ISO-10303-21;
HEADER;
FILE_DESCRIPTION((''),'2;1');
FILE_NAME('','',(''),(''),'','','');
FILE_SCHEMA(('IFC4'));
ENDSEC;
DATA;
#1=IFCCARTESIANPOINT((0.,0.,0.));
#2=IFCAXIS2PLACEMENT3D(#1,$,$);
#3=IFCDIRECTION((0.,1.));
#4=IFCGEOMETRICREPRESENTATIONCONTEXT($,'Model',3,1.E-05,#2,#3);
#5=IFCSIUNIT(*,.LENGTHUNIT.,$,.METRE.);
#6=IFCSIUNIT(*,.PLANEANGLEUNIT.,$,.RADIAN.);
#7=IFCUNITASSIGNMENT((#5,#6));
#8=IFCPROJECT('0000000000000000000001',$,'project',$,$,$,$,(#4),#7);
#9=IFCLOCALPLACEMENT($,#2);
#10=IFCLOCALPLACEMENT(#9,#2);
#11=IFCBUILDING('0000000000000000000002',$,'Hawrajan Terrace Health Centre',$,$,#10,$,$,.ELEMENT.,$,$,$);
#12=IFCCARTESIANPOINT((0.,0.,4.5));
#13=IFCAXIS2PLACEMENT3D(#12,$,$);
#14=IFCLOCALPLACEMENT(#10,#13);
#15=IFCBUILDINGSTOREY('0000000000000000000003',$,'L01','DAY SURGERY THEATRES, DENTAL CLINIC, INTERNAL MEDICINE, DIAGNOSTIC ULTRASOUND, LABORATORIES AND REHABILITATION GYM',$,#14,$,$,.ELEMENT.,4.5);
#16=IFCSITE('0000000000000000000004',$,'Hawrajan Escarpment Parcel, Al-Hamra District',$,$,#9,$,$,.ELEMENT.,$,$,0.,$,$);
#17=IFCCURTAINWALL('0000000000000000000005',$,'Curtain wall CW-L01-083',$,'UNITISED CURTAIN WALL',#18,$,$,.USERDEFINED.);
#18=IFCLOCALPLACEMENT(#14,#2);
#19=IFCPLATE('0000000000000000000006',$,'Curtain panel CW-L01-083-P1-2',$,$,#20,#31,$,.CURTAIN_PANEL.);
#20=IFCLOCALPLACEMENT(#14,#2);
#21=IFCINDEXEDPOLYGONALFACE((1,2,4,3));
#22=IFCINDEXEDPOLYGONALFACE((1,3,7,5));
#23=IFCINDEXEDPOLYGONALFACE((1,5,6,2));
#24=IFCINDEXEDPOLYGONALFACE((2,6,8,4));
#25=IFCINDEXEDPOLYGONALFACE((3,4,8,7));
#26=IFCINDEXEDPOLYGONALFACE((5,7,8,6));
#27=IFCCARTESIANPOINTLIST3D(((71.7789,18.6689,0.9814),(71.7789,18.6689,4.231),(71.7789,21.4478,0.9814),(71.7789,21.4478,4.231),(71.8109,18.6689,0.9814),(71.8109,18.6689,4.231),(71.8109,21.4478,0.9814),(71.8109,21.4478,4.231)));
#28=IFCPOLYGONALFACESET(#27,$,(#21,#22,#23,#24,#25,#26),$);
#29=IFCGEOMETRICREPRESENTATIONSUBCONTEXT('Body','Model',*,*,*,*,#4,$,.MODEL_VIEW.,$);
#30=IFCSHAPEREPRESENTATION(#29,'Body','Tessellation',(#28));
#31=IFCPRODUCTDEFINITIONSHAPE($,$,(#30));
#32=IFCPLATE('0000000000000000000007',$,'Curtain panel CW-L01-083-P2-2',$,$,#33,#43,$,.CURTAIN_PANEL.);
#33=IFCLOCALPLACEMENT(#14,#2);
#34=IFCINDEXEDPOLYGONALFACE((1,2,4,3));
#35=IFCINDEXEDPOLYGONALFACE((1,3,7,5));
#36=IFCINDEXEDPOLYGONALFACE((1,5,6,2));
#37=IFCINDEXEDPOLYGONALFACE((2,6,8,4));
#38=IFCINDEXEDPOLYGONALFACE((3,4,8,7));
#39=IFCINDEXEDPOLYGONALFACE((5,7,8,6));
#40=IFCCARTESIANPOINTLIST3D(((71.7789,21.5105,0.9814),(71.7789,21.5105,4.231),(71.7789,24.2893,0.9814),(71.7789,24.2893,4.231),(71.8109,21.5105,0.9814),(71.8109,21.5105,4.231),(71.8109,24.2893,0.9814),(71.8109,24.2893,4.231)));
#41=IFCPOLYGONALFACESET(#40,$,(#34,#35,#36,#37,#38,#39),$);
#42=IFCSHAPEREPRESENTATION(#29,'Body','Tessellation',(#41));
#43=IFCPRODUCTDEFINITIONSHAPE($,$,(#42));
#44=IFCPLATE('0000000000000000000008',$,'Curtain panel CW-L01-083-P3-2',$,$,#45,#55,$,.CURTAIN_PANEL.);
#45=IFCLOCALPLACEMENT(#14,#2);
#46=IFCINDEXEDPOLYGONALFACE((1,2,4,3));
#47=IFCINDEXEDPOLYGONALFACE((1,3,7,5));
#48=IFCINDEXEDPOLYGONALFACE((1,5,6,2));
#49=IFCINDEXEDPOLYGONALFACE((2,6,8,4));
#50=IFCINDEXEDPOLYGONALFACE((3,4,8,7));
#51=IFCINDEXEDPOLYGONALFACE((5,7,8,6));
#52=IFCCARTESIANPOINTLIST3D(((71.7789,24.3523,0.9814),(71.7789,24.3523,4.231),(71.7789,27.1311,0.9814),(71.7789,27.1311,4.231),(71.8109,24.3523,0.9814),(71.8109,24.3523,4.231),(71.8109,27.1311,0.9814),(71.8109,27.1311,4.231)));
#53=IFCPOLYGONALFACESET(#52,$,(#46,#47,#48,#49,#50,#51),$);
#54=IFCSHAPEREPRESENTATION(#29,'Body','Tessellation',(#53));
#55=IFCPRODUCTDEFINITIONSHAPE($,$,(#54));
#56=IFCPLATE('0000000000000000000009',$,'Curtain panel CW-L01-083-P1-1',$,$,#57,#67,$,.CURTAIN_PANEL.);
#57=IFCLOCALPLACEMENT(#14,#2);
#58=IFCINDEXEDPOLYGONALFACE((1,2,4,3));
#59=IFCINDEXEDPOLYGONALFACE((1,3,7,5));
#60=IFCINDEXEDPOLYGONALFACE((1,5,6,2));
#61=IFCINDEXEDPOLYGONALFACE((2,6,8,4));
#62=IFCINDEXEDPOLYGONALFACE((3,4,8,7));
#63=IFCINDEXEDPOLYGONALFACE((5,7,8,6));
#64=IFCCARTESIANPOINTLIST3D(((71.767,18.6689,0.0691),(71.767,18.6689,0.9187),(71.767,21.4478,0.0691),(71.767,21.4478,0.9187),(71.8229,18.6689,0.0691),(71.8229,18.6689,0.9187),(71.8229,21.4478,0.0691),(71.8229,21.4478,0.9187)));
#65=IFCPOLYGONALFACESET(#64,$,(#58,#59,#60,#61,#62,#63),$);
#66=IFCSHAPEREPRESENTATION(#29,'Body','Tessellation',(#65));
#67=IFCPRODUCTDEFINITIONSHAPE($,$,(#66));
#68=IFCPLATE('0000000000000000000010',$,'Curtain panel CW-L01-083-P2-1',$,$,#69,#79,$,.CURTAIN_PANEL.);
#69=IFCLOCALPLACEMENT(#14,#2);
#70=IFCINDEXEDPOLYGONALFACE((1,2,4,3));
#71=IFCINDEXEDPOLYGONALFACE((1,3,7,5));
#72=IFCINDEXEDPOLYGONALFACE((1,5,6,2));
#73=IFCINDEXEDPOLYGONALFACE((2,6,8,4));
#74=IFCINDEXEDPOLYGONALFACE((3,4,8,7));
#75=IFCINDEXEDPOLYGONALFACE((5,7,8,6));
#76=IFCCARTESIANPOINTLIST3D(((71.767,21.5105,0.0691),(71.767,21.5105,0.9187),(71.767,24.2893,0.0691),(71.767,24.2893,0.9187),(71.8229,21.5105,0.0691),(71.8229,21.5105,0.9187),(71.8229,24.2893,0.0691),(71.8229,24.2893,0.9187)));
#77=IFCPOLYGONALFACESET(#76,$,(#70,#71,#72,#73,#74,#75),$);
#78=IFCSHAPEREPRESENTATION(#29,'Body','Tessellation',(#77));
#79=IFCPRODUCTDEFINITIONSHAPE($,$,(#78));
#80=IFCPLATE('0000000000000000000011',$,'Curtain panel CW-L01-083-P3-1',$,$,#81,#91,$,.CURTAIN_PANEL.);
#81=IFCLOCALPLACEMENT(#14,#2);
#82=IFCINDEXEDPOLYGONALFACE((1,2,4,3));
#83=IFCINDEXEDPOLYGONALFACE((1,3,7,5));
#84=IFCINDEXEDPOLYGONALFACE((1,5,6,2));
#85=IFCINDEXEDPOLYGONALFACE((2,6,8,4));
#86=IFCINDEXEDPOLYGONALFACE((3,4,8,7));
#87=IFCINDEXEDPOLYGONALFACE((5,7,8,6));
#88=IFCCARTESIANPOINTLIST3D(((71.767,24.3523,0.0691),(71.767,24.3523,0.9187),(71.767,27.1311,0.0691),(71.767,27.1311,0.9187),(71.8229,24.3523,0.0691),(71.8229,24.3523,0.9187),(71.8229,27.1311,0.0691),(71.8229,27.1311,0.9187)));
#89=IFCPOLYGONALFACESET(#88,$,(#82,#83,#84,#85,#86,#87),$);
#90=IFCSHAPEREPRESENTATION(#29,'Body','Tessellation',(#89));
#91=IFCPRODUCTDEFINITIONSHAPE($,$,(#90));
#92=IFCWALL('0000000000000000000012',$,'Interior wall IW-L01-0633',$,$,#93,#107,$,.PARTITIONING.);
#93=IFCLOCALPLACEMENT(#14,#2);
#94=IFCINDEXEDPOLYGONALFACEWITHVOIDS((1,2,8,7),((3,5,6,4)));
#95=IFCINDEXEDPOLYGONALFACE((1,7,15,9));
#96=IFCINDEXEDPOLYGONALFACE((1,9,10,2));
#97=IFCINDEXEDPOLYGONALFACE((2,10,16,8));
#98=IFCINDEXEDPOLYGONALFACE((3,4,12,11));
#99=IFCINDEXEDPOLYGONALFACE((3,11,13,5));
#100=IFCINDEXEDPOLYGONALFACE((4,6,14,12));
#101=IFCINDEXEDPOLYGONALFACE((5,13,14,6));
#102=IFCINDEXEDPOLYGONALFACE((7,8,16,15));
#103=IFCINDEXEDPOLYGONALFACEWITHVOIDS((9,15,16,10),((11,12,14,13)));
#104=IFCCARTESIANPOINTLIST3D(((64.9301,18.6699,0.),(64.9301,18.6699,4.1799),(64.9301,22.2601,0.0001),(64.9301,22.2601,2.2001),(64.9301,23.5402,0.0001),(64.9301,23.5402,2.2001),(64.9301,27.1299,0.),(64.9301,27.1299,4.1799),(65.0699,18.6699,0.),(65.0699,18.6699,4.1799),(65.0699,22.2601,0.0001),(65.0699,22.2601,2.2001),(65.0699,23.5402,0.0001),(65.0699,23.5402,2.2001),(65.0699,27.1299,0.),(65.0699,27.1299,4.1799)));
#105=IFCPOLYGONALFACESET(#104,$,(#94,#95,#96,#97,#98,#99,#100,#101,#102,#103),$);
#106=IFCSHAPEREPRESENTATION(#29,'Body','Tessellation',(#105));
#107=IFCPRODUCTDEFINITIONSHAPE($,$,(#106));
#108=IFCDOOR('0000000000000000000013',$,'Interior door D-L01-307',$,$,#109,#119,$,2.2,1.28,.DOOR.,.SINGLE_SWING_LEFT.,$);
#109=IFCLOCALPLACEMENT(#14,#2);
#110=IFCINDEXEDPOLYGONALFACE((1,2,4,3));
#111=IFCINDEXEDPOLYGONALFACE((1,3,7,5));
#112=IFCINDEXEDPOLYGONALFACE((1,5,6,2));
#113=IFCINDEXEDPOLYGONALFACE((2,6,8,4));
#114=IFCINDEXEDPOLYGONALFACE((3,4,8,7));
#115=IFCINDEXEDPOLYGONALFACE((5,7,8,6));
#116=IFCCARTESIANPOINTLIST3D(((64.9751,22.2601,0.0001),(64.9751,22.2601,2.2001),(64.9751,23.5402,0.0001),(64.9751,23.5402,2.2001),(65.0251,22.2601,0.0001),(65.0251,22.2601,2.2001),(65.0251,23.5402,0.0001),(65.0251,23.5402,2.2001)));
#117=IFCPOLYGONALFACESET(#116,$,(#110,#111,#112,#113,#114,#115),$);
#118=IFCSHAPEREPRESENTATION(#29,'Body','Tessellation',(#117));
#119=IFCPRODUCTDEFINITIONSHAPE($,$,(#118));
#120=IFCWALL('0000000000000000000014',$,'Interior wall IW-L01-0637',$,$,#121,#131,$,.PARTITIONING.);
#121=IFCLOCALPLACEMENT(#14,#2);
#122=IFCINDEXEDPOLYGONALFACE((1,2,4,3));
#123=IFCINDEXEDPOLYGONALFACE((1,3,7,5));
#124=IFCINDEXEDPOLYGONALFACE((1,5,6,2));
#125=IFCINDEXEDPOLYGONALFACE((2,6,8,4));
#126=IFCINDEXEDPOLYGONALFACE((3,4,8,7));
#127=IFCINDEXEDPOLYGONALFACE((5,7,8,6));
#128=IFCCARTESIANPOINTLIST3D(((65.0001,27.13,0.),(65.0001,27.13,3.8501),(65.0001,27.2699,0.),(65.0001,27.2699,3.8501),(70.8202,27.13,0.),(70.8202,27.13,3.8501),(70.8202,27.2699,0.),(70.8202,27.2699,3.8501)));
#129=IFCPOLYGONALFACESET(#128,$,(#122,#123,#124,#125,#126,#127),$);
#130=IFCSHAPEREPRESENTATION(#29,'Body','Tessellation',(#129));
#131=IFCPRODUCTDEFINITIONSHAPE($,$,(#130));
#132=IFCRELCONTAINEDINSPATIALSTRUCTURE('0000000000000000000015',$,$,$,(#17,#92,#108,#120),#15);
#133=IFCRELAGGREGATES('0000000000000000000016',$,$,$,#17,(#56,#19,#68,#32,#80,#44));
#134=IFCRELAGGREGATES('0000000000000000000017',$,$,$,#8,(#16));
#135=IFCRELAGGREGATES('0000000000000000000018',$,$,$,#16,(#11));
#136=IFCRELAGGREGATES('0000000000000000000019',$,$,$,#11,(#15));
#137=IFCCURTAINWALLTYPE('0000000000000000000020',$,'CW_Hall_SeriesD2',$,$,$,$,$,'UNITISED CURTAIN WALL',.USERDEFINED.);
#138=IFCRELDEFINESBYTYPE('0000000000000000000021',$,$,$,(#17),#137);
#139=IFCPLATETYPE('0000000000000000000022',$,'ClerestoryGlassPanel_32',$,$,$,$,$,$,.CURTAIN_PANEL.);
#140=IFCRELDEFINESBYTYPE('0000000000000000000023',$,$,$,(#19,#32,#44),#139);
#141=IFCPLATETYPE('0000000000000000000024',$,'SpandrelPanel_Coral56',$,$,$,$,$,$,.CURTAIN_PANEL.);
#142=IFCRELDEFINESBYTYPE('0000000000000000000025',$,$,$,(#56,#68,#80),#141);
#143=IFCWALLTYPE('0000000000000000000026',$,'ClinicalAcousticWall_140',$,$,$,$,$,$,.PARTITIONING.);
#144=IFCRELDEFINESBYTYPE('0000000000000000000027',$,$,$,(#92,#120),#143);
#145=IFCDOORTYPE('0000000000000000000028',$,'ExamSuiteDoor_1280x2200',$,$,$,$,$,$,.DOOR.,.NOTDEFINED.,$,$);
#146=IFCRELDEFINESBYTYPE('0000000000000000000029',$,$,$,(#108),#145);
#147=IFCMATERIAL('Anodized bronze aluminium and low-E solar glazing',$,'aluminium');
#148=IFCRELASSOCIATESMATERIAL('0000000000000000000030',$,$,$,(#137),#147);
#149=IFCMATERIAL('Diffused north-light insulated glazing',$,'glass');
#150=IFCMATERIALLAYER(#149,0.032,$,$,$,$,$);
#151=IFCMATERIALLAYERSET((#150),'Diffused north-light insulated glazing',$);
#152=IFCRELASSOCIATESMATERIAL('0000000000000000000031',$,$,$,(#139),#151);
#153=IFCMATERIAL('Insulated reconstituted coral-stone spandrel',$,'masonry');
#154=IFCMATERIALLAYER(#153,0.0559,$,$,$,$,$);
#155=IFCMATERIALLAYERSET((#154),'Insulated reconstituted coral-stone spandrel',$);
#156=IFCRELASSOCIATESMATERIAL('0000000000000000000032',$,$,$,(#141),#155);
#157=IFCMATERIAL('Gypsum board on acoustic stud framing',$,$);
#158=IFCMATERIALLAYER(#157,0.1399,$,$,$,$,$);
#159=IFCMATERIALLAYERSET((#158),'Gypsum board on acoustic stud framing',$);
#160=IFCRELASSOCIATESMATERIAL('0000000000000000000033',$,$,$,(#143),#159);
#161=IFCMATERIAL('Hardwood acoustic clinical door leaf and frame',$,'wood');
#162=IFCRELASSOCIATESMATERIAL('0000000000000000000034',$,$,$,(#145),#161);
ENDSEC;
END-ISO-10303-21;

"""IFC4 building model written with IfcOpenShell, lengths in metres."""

from ifc_helpers import new_model, si_unit, direction, frame, frame_2d, origin, origin_2d, place, context, subcontext, project, spatial, rectangle, extrude, material, layer, layer_set, type_object, element, fill, aggregate, save


model = new_model("IFC4")

# Units and contexts
model_context = context("Model", 3, precision=1e-05, world=origin(), true_north=direction((0.0, 1.0)))
body_context = subcontext(model_context, "Body", "Model", "MODEL_VIEW")
ifc_project = project(units=[si_unit("LENGTHUNIT", "METRE"), si_unit("PLANEANGLEUNIT", "RADIAN")], contexts=[model_context])

# Site, building, storey
site_placement = place(None, origin())
site = spatial("IfcSite", under=ifc_project, at=site_placement, Name="Hawrajan Escarpment Parcel, Al-Hamra District", CompositionType="ELEMENT", RefElevation=0.0)
building_placement = place(site_placement, origin())
building = spatial("IfcBuilding", under=site, at=building_placement, Name="Hawrajan Terrace Health Centre", CompositionType="ELEMENT")
storey_placement = place(building_placement, frame((0.0, 0.0, 4.5)))
storey = spatial("IfcBuildingStorey", under=building, at=storey_placement, Name="L01", Description="DAY SURGERY THEATRES, DENTAL CLINIC, INTERNAL MEDICINE, DIAGNOSTIC ULTRASOUND, LABORATORIES AND REHABILITATION GYM", CompositionType="ELEMENT", Elevation=4.5)

# Curtain wall
ifc_material_1 = material(Name="Anodized bronze aluminium and low-E solar glazing", Category="aluminium")
curtain_wall_type = type_object("IfcCurtainWallType", Name="CW_Hall_SeriesD2", ElementType="UNITISED CURTAIN WALL", PredefinedType="USERDEFINED", material=ifc_material_1)
curtain_wall_placement = place(storey_placement, origin())
curtain_wall = element("IfcCurtainWall", 1, at=curtain_wall_placement, inside=storey, type_object=curtain_wall_type, Name="Curtain wall CW-L01-083", ObjectType="UNITISED CURTAIN WALL", PredefinedType="USERDEFINED")

# Plates
ifc_material_2 = material(Name="Diffused north-light insulated glazing", Category="glass")
ifc_layer_1 = layer(ifc_material_2, 0.032)
ifc_layer_set_1 = layer_set([ifc_layer_1], Name="Diffused north-light insulated glazing")
plate_type_1 = type_object("IfcPlateType", Name="ClerestoryGlassPanel_32", PredefinedType="CURTAIN_PANEL", material=ifc_layer_set_1)
plate_1_placement = place(storey_placement, frame((71.7949, 20.0583, 0.9814), z_axis=(0.0, 0.0, 1.0), x_axis=(0.0, 1.0, 0.0)))
plate_1 = element("IfcPlate", 2, at=plate_1_placement, type_object=plate_type_1, Name="Curtain panel CW-L01-083-P1-2", PredefinedType="CURTAIN_PANEL", context=body_context, shape_type="SweptSolid", body=[
    extrude(rectangle(XDim=2.7788, YDim=0.032, at=origin_2d()), origin(), (0.0, 0.0, 1.0), 3.2495),
])
plate_2_placement = place(storey_placement, frame((71.7949, 22.8999, 0.9814), z_axis=(0.0, 0.0, 1.0), x_axis=(0.0, 1.0, 0.0)))
plate_2 = element("IfcPlate", 3, at=plate_2_placement, type_object=plate_type_1, Name="Curtain panel CW-L01-083-P2-2", PredefinedType="CURTAIN_PANEL", context=body_context, shape_type="SweptSolid", body=[
    extrude(rectangle(XDim=2.7788, YDim=0.032, at=origin_2d()), origin(), (0.0, 0.0, 1.0), 3.2495),
])
plate_3_placement = place(storey_placement, frame((71.7949, 25.7417, 0.9814), z_axis=(0.0, 0.0, 1.0), x_axis=(0.0, 1.0, 0.0)))
plate_3 = element("IfcPlate", 4, at=plate_3_placement, type_object=plate_type_1, Name="Curtain panel CW-L01-083-P3-2", PredefinedType="CURTAIN_PANEL", context=body_context, shape_type="SweptSolid", body=[
    extrude(rectangle(XDim=2.7788, YDim=0.032, at=origin_2d()), origin(), (0.0, 0.0, 1.0), 3.2495),
])
ifc_material_3 = material(Name="Insulated reconstituted coral-stone spandrel", Category="masonry")
ifc_layer_2 = layer(ifc_material_3, 0.0559)
ifc_layer_set_2 = layer_set([ifc_layer_2], Name="Insulated reconstituted coral-stone spandrel")
plate_type_2 = type_object("IfcPlateType", Name="SpandrelPanel_Coral56", PredefinedType="CURTAIN_PANEL", material=ifc_layer_set_2)
plate_4_placement = place(storey_placement, frame((71.7949, 20.0583, 0.0691), z_axis=(0.0, 0.0, 1.0), x_axis=(0.0, 1.0, 0.0)))
plate_4 = element("IfcPlate", 5, at=plate_4_placement, type_object=plate_type_2, Name="Curtain panel CW-L01-083-P1-1", PredefinedType="CURTAIN_PANEL", context=body_context, shape_type="SweptSolid", body=[
    extrude(rectangle(XDim=2.7788, YDim=0.0559, at=origin_2d()), origin(), (0.0, 0.0, 1.0), 0.8496),
])
plate_5_placement = place(storey_placement, frame((71.7949, 22.8999, 0.0691), z_axis=(0.0, 0.0, 1.0), x_axis=(0.0, 1.0, 0.0)))
plate_5 = element("IfcPlate", 6, at=plate_5_placement, type_object=plate_type_2, Name="Curtain panel CW-L01-083-P2-1", PredefinedType="CURTAIN_PANEL", context=body_context, shape_type="SweptSolid", body=[
    extrude(rectangle(XDim=2.7788, YDim=0.0559, at=origin_2d()), origin(), (0.0, 0.0, 1.0), 0.8496),
])
plate_6_placement = place(storey_placement, frame((71.7949, 25.7417, 0.0691), z_axis=(0.0, 0.0, 1.0), x_axis=(0.0, 1.0, 0.0)))
plate_6 = element("IfcPlate", 7, at=plate_6_placement, type_object=plate_type_2, Name="Curtain panel CW-L01-083-P3-1", PredefinedType="CURTAIN_PANEL", context=body_context, shape_type="SweptSolid", body=[
    extrude(rectangle(XDim=2.7788, YDim=0.0559, at=origin_2d()), origin(), (0.0, 0.0, 1.0), 0.8496),
])
aggregate(curtain_wall, [plate_4, plate_1, plate_5, plate_2, plate_6, plate_3])

# Wall, opening, door
ifc_material_4 = material(Name="Gypsum board on acoustic stud framing")
ifc_layer_3 = layer(ifc_material_4, 0.1399)
ifc_layer_set_3 = layer_set([ifc_layer_3], Name="Gypsum board on acoustic stud framing")
wall_type = type_object("IfcWallType", Name="ClinicalAcousticWall_140", PredefinedType="PARTITIONING", material=ifc_layer_set_3)
wall_1_placement = place(storey_placement, frame((65.0, 18.6699, 0.0), z_axis=(0.0, 0.0, 1.0), x_axis=(0.0, 1.0, 0.0)))
wall_1 = element("IfcWall", 8, at=wall_1_placement, inside=storey, type_object=wall_type, Name="Interior wall IW-L01-0633", PredefinedType="PARTITIONING", context=body_context, shape_type="SweptSolid", body=[
    extrude(rectangle(XDim=8.46, YDim=0.1399, at=frame_2d((4.23, 0.0))), origin(), (0.0, 0.0, 1.0), 4.1799),
])
opening_placement = place(wall_1_placement, frame((3.5901, 0.0, 0.0)))
opening = element("IfcOpeningElement", 9, at=opening_placement, cuts=wall_1, PredefinedType="OPENING", context=body_context, shape_type="SweptSolid", body=[
    extrude(rectangle(XDim=1.28, YDim=2.2, at=frame_2d((0.6401, 1.1001))), frame((0.0, 0.0798, 0.0), z_axis=(0.0, -1.0, 0.0), x_axis=(1.0, 0.0, 0.0)), (0.0, 0.0, 1.0), 0.1599),
])
ifc_material_5 = material(Name="Hardwood acoustic clinical door leaf and frame", Category="wood")
door_type = type_object("IfcDoorType", Name="ExamSuiteDoor_1280x2200", OperationType="NOTDEFINED", PredefinedType="DOOR", material=ifc_material_5)
door_placement = place(opening_placement, origin())
door = element("IfcDoor", 10, at=door_placement, inside=storey, type_object=door_type, Name="Interior door D-L01-307", OperationType="SINGLE_SWING_LEFT", OverallHeight=2.2, OverallWidth=1.28, PredefinedType="DOOR", context=body_context, shape_type="SweptSolid", body=[
    extrude(rectangle(XDim=1.28, YDim=2.2, at=frame_2d((0.6401, 1.1001))), frame((0.0, 0.0249, 0.0), z_axis=(0.0, -1.0, 0.0), x_axis=(1.0, 0.0, 0.0)), (0.0, 0.0, 1.0), 0.05),
])
fill(opening, door)

# Wall
wall_2_placement = place(storey_placement, frame((65.0, 27.2, 0.0), z_axis=(0.0, 0.0, 1.0), x_axis=(1.0, 0.0, 0.0)))
element("IfcWall", 11, at=wall_2_placement, inside=storey, type_object=wall_type, Name="Interior wall IW-L01-0637", PredefinedType="PARTITIONING", context=body_context, shape_type="SweptSolid", body=[
    extrude(rectangle(XDim=5.8201, YDim=0.1399, at=frame_2d((2.9102, 0.0))), origin(), (0.0, 0.0, 1.0), 3.8501),
])

save(model, "model.ifc")
